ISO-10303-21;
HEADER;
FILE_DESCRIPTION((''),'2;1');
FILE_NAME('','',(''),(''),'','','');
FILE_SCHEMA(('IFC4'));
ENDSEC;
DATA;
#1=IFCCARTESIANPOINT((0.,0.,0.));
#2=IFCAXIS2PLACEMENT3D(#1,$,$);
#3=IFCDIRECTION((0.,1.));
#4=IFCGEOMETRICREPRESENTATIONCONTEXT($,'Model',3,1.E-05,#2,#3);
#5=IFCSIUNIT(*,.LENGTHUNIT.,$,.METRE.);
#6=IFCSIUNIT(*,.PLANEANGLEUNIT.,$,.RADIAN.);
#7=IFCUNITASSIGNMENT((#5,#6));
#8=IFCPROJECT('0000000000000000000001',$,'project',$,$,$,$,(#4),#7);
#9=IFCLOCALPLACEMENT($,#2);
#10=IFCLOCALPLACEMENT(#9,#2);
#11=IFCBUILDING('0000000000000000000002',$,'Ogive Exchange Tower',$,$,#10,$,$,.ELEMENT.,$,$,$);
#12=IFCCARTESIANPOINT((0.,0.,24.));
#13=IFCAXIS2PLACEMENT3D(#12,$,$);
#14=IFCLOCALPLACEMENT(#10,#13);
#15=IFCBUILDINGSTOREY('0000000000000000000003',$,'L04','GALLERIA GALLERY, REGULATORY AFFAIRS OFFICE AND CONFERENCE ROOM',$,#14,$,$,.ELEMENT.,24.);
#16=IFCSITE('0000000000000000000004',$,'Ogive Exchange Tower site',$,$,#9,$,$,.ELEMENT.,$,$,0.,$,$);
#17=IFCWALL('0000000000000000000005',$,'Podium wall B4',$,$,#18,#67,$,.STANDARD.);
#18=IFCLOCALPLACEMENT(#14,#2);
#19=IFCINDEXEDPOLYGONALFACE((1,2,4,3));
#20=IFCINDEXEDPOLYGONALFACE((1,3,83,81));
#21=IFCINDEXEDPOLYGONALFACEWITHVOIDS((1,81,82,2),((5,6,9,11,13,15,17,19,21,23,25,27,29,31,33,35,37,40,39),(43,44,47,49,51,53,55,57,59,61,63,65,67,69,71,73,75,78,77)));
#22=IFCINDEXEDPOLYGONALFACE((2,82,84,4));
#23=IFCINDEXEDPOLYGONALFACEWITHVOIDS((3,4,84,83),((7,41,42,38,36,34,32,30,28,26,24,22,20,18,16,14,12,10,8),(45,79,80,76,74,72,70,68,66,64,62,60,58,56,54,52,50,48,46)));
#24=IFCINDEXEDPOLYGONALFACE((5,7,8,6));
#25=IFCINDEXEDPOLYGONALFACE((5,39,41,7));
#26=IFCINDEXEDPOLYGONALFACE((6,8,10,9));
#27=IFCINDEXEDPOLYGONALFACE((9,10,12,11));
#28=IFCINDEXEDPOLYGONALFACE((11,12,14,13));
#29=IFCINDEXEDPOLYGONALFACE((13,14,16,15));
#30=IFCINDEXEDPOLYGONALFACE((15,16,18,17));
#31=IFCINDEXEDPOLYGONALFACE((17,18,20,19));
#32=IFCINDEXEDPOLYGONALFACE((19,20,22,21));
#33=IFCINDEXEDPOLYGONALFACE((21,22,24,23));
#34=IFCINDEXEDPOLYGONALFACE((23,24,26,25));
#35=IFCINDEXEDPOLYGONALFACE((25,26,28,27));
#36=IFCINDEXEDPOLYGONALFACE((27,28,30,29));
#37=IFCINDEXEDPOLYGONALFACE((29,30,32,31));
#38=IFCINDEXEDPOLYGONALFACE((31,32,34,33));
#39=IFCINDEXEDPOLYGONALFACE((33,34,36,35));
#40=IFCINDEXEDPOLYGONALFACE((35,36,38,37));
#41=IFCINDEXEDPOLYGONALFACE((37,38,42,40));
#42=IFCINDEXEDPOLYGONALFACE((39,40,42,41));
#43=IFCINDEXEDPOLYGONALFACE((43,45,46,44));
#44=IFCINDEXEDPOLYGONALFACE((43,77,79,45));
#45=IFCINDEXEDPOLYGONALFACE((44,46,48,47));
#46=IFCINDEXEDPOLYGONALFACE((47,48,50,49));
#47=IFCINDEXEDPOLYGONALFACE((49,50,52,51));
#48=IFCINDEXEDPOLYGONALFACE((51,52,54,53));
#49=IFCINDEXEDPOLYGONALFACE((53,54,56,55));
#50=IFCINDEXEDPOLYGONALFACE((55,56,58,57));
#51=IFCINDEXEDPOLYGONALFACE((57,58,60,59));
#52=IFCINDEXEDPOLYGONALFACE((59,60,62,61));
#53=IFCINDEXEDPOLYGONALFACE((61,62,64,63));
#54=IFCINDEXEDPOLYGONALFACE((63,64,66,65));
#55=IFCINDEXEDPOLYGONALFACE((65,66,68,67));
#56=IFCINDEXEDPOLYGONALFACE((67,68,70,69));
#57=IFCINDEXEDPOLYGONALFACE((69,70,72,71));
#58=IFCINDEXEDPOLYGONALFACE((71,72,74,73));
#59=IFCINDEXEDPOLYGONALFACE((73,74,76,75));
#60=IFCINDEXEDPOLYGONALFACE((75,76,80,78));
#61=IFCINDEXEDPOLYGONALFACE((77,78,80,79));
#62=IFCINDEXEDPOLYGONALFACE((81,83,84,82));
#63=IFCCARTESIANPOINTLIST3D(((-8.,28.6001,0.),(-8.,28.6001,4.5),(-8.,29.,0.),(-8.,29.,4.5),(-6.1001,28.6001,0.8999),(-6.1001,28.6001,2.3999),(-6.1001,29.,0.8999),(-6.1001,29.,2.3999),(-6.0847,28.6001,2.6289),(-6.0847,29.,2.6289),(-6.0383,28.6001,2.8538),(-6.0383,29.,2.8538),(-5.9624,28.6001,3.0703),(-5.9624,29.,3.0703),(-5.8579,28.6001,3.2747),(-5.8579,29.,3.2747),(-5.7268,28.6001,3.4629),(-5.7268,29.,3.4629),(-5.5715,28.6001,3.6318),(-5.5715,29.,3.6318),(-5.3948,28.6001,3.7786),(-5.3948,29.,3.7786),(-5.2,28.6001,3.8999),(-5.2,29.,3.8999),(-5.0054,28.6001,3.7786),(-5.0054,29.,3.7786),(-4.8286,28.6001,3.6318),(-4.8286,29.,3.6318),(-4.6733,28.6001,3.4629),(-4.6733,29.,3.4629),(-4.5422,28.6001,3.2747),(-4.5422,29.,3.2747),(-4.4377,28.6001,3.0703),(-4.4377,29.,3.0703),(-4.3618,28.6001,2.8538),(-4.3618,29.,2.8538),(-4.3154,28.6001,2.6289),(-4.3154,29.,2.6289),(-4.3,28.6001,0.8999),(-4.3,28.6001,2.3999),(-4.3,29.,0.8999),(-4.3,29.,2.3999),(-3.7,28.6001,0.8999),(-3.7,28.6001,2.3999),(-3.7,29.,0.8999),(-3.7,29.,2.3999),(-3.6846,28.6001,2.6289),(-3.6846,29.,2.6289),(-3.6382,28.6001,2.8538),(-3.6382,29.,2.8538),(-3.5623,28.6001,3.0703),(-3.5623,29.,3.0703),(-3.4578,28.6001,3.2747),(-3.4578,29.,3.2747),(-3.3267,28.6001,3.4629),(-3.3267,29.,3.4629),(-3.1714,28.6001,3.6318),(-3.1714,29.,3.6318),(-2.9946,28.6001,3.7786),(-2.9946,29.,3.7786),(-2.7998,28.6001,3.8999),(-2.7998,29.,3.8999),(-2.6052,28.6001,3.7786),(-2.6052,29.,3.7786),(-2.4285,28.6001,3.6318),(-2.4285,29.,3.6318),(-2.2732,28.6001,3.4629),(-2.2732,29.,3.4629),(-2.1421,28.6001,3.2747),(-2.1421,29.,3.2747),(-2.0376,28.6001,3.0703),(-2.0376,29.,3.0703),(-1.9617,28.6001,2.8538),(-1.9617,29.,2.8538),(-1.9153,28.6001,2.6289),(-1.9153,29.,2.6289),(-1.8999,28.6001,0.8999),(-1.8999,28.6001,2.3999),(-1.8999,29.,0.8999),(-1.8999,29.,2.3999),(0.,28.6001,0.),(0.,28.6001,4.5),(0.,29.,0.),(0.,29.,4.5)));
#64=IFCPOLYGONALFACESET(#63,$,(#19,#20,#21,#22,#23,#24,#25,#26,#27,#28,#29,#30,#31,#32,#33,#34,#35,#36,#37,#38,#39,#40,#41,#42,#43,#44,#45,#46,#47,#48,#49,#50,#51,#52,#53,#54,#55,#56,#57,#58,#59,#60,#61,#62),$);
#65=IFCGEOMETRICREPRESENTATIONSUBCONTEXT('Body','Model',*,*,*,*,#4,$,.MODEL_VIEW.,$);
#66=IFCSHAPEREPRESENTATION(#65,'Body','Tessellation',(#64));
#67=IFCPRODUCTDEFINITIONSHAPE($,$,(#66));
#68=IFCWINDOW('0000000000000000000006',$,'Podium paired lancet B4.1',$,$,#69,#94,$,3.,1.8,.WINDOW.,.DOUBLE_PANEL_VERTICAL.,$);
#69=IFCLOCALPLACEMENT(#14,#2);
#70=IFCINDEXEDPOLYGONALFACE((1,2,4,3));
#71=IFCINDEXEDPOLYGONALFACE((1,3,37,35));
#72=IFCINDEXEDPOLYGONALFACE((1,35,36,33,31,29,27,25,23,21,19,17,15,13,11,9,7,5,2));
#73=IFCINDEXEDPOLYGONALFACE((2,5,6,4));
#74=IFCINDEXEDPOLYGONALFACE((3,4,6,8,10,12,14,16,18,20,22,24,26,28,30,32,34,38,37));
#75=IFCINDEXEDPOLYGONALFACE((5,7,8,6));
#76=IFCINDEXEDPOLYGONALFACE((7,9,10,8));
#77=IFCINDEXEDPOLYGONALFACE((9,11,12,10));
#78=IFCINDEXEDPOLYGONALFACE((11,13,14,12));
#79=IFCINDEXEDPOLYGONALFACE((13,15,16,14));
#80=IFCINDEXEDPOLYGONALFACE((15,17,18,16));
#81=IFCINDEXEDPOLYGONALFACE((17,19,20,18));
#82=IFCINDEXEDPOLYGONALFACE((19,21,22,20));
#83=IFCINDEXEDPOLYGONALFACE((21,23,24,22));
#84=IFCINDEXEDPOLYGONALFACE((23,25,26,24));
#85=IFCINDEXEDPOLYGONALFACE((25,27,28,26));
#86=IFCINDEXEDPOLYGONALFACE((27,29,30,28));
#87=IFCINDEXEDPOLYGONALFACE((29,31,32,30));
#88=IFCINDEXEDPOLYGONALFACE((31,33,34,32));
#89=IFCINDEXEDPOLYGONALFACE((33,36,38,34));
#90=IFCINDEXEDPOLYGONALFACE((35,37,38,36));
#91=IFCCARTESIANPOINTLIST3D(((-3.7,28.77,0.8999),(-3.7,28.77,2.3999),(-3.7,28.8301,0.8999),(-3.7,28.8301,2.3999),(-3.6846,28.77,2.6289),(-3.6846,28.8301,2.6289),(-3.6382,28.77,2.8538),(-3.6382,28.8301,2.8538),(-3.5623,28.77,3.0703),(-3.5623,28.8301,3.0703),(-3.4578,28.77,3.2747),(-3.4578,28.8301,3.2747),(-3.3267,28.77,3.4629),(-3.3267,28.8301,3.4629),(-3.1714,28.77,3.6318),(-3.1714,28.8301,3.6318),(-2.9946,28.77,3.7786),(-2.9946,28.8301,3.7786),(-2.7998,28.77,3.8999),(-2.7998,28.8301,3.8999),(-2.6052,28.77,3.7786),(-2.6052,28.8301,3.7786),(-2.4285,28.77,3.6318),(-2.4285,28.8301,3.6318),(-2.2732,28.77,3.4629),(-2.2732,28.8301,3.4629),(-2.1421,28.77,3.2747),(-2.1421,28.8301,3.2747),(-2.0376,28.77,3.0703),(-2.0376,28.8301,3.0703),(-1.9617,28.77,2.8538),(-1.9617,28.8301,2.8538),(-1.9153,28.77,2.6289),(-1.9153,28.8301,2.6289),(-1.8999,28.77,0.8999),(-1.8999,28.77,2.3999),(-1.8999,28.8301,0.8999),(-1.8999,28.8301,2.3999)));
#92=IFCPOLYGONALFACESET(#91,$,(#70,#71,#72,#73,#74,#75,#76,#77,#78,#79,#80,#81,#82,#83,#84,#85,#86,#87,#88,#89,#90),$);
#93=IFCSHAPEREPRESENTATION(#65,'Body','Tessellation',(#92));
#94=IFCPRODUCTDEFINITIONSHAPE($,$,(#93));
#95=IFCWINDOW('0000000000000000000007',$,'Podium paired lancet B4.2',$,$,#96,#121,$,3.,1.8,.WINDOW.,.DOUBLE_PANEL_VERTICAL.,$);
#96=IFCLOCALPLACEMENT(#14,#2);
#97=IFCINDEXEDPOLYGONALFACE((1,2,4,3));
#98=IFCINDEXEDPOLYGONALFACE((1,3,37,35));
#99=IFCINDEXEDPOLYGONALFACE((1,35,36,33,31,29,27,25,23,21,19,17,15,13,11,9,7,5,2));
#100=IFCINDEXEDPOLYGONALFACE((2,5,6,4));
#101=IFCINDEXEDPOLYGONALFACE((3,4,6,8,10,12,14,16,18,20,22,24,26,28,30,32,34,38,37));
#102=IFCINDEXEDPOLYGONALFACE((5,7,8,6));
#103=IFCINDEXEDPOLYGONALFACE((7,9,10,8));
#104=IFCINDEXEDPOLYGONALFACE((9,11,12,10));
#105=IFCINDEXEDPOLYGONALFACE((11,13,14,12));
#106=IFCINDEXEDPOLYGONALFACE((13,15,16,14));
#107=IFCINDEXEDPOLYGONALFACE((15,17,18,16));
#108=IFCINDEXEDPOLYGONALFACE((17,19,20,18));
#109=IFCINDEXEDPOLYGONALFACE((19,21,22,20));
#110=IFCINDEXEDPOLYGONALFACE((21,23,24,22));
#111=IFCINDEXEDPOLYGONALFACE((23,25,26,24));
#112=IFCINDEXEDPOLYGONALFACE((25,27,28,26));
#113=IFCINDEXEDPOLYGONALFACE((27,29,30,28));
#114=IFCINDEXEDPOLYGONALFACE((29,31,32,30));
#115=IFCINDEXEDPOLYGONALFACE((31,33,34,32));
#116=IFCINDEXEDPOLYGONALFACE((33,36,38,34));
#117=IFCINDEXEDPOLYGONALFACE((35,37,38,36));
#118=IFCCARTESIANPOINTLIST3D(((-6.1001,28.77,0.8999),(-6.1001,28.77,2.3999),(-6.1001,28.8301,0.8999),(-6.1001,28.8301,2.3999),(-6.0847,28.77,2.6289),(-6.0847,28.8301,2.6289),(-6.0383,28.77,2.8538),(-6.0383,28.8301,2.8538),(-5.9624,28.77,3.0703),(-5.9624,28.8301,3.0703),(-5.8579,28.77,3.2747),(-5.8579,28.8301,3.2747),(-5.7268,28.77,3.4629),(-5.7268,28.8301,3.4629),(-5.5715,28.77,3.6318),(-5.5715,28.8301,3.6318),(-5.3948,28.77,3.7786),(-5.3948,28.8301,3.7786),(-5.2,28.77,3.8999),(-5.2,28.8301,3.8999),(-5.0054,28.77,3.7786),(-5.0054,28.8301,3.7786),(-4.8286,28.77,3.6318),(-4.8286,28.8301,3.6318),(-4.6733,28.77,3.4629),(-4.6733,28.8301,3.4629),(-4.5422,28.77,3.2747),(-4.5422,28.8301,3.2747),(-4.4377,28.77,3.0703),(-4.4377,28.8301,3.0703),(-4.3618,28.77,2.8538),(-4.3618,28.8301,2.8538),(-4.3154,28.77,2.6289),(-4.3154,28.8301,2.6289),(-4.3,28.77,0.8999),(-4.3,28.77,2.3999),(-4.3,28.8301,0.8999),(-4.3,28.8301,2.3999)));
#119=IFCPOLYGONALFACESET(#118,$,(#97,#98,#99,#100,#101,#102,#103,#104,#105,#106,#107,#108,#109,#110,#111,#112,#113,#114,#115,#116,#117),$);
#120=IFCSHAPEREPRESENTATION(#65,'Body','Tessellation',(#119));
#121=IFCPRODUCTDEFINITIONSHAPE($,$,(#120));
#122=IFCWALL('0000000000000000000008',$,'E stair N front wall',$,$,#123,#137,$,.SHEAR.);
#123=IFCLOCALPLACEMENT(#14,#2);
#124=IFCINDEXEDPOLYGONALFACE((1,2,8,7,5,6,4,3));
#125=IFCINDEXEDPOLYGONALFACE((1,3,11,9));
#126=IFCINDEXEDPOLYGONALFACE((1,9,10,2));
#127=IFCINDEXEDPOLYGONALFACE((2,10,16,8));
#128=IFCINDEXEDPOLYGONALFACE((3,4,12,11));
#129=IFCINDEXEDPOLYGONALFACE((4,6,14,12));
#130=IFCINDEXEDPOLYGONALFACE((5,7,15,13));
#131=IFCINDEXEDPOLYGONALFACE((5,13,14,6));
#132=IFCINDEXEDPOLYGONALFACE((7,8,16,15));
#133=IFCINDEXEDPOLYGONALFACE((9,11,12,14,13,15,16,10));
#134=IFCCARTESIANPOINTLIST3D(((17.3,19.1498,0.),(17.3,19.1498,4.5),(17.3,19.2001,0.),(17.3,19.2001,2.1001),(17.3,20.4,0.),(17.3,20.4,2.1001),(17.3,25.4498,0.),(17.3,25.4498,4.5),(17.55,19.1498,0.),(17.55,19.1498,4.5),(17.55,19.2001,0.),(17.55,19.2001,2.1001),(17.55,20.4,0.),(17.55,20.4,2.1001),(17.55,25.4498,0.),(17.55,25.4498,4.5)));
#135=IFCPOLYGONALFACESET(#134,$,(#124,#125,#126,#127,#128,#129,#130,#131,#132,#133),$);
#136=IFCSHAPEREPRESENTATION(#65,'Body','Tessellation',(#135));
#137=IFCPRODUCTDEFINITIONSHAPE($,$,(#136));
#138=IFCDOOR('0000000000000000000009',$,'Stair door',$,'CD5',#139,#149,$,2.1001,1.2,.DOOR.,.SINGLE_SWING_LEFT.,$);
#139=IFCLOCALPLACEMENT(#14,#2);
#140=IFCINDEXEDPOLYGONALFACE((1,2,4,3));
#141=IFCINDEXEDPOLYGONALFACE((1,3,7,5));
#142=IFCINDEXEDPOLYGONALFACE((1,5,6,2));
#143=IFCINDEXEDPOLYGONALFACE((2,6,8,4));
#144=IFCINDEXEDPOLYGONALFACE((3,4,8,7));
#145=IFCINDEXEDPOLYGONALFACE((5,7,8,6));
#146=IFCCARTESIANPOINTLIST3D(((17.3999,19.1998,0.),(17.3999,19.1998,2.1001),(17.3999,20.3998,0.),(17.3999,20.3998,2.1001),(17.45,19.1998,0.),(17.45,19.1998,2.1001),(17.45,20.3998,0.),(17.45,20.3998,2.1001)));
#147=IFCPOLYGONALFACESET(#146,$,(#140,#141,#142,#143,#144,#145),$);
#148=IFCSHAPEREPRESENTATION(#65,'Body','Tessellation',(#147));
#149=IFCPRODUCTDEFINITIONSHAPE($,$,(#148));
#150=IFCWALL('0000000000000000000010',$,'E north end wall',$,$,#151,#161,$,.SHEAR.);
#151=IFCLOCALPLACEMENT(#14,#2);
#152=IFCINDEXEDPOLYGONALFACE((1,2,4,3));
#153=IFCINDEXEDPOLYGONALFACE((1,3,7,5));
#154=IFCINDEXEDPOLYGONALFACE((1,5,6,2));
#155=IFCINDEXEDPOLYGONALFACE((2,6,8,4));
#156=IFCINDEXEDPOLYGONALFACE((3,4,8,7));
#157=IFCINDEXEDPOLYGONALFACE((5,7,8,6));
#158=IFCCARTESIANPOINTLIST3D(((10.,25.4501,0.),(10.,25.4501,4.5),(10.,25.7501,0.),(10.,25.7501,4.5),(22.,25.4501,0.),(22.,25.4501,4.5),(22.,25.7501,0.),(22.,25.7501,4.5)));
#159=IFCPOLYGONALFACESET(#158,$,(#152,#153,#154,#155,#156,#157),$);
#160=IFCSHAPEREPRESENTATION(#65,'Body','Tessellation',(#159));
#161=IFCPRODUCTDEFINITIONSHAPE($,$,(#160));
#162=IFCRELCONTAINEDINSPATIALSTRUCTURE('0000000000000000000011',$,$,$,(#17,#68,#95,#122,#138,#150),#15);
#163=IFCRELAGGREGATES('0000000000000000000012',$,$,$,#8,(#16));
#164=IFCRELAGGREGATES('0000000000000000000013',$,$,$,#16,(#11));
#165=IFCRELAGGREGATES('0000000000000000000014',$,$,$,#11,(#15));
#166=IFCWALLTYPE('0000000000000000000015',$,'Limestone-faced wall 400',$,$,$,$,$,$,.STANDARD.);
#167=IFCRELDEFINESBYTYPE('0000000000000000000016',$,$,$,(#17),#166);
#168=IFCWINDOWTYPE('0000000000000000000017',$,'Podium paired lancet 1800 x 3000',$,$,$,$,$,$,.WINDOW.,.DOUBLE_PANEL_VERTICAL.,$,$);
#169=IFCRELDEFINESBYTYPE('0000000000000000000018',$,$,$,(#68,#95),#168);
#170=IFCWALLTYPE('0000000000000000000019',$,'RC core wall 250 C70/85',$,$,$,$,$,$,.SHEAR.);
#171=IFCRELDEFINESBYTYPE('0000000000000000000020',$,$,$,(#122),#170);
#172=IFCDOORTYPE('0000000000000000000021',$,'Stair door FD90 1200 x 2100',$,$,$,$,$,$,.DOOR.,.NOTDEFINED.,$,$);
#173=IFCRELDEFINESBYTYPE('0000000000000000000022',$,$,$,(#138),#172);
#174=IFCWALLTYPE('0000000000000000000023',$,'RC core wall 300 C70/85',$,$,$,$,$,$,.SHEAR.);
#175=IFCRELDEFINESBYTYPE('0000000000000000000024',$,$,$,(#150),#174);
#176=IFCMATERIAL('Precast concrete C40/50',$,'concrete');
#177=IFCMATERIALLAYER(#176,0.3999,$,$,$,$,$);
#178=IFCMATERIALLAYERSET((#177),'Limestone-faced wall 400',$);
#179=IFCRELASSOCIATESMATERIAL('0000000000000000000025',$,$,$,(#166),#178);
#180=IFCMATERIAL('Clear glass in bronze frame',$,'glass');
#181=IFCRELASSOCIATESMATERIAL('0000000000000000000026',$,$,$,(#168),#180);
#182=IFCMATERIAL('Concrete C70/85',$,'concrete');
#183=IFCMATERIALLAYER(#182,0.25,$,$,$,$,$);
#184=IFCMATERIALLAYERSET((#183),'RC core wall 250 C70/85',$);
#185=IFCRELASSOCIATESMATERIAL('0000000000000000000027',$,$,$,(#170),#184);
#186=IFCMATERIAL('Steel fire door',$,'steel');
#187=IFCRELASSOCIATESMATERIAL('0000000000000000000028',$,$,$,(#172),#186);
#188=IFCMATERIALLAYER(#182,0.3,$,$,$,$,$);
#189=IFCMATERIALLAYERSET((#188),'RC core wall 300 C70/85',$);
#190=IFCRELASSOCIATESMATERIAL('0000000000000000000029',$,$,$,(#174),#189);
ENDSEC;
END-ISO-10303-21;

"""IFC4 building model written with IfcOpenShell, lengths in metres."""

from ifc_helpers import new_model, si_unit, direction, frame, frame_2d, origin, place, context, subcontext, project, spatial, polyline, rectangle, outline, extrude, material, layer, layer_set, type_object, element, fill, save


model = new_model("IFC4")

# Units and contexts
model_context = context("Model", 3, precision=1e-05, world=origin(), true_north=direction((0.0, 1.0)))
body_context = subcontext(model_context, "Body", "Model", "MODEL_VIEW")
ifc_project = project(units=[si_unit("LENGTHUNIT", "METRE"), si_unit("PLANEANGLEUNIT", "RADIAN")], contexts=[model_context])

# Site, building, storey
site_placement = place(None, origin())
site = spatial("IfcSite", under=ifc_project, at=site_placement, Name="Ogive Exchange Tower site", CompositionType="ELEMENT", RefElevation=0.0)
building_placement = place(site_placement, origin())
building = spatial("IfcBuilding", under=site, at=building_placement, Name="Ogive Exchange Tower", CompositionType="ELEMENT")
storey_placement = place(building_placement, frame((0.0, 0.0, 24.0)))
storey = spatial("IfcBuildingStorey", under=building, at=storey_placement, Name="L04", Description="GALLERIA GALLERY, REGULATORY AFFAIRS OFFICE AND CONFERENCE ROOM", CompositionType="ELEMENT", Elevation=24.0)

# Shared definitions
ifc_material_1 = material(Name="Concrete C70/85", Category="concrete")

# Wall, openings, windows
ifc_material_2 = material(Name="Precast concrete C40/50", Category="concrete")
ifc_layer_1 = layer(ifc_material_2, 0.3999)
ifc_layer_set_1 = layer_set([ifc_layer_1], Name="Limestone-faced wall 400")
wall_type_1 = type_object("IfcWallType", Name="Limestone-faced wall 400", PredefinedType="STANDARD", material=ifc_layer_set_1)
ifc_material_3 = material(Name="Clear glass in bronze frame", Category="glass")
window_type = type_object("IfcWindowType", Name="Podium paired lancet 1800 x 3000", PartitioningType="DOUBLE_PANEL_VERTICAL", PredefinedType="WINDOW", material=ifc_material_3)
wall_1_placement = place(storey_placement, frame((0.0, 28.8, 0.0), z_axis=(0.0, 0.0, 1.0), x_axis=(-1.0, 0.0, 0.0)))
wall_1 = element("IfcWall", 1, at=wall_1_placement, inside=storey, type_object=wall_type_1, Name="Podium wall B4", PredefinedType="STANDARD", context=body_context, shape_type="SweptSolid", body=[
    extrude(rectangle(XDim=8.0, YDim=0.3999, at=frame_2d((4.0, 0.0))), origin(), (0.0, 0.0, 1.0), 4.5),
])
opening_1_placement = place(wall_1_placement, frame((1.8999, 0.0, 0.8999)))
opening_1 = element("IfcOpeningElement", 2, at=opening_1_placement, cuts=wall_1, PredefinedType="OPENING", context=body_context, shape_type="SweptSolid", body=[
    extrude(outline(polyline([(0.0, 0.0), (1.8, 0.0), (1.8, 1.5), (1.7847, 1.729), (1.7383, 1.9539), (1.6624, 2.1704), (1.5579, 2.3748), (1.4268, 2.563), (1.2715, 2.7319), (1.0947, 2.8787), (0.8999, 3.0), (0.7053, 2.8787), (0.5286, 2.7319), (0.3733, 2.563), (0.2422, 2.3748), (0.1377, 2.1704), (0.0618, 1.9539), (0.0154, 1.729), (0.0, 1.5), (0.0, 0.0)])), frame((0.0, 0.21, 0.0), z_axis=(0.0, -1.0, 0.0), x_axis=(1.0, 0.0, 0.0)), (0.0, 0.0, 1.0), 0.4199),
])
opening_2_placement = place(wall_1_placement, frame((4.3, 0.0, 0.8999)))
opening_2 = element("IfcOpeningElement", 3, at=opening_2_placement, cuts=wall_1, PredefinedType="OPENING", context=body_context, shape_type="SweptSolid", body=[
    extrude(outline(polyline([(0.0, 0.0), (1.8, 0.0), (1.8, 1.5), (1.7847, 1.729), (1.7383, 1.9539), (1.6624, 2.1704), (1.5579, 2.3748), (1.4268, 2.563), (1.2715, 2.7319), (1.0947, 2.8787), (0.8999, 3.0), (0.7053, 2.8787), (0.5286, 2.7319), (0.3733, 2.563), (0.2422, 2.3748), (0.1377, 2.1704), (0.0618, 1.9539), (0.0154, 1.729), (0.0, 1.5), (0.0, 0.0)])), frame((0.0, 0.21, 0.0), z_axis=(0.0, -1.0, 0.0), x_axis=(1.0, 0.0, 0.0)), (0.0, 0.0, 1.0), 0.4199),
])
window_1_placement = place(opening_1_placement, origin())
window_1 = element("IfcWindow", 4, at=window_1_placement, inside=storey, type_object=window_type, Name="Podium paired lancet B4.1", OverallHeight=3.0, OverallWidth=1.8, PartitioningType="DOUBLE_PANEL_VERTICAL", PredefinedType="WINDOW", context=body_context, shape_type="SweptSolid", body=[
    extrude(outline(polyline([(0.0, 0.0), (1.8, 0.0), (1.8, 1.5), (1.7847, 1.729), (1.7383, 1.9539), (1.6624, 2.1704), (1.5579, 2.3748), (1.4268, 2.563), (1.2715, 2.7319), (1.0947, 2.8787), (0.8999, 3.0), (0.7053, 2.8787), (0.5286, 2.7319), (0.3733, 2.563), (0.2422, 2.3748), (0.1377, 2.1704), (0.0618, 1.9539), (0.0154, 1.729), (0.0, 1.5), (0.0, 0.0)])), frame((0.0, 0.03, 0.0), z_axis=(0.0, -1.0, 0.0), x_axis=(1.0, 0.0, 0.0)), (0.0, 0.0, 1.0), 0.0601),
])
fill(opening_1, window_1)
window_2_placement = place(opening_2_placement, origin())
window_2 = element("IfcWindow", 5, at=window_2_placement, inside=storey, type_object=window_type, Name="Podium paired lancet B4.2", OverallHeight=3.0, OverallWidth=1.8, PartitioningType="DOUBLE_PANEL_VERTICAL", PredefinedType="WINDOW", context=body_context, shape_type="SweptSolid", body=[
    extrude(outline(polyline([(0.0, 0.0), (1.8, 0.0), (1.8, 1.5), (1.7847, 1.729), (1.7383, 1.9539), (1.6624, 2.1704), (1.5579, 2.3748), (1.4268, 2.563), (1.2715, 2.7319), (1.0947, 2.8787), (0.8999, 3.0), (0.7053, 2.8787), (0.5286, 2.7319), (0.3733, 2.563), (0.2422, 2.3748), (0.1377, 2.1704), (0.0618, 1.9539), (0.0154, 1.729), (0.0, 1.5), (0.0, 0.0)])), frame((0.0, 0.03, 0.0), z_axis=(0.0, -1.0, 0.0), x_axis=(1.0, 0.0, 0.0)), (0.0, 0.0, 1.0), 0.0601),
])
fill(opening_2, window_2)

# Wall, opening, door
ifc_layer_2 = layer(ifc_material_1, 0.25)
ifc_layer_set_2 = layer_set([ifc_layer_2], Name="RC core wall 250 C70/85")
wall_type_2 = type_object("IfcWallType", Name="RC core wall 250 C70/85", PredefinedType="SHEAR", material=ifc_layer_set_2)
wall_2_placement = place(storey_placement, frame((17.425, 19.1499, 0.0), z_axis=(0.0, 0.0, 1.0), x_axis=(0.0, 1.0, 0.0)))
wall_2 = element("IfcWall", 6, at=wall_2_placement, inside=storey, type_object=wall_type_2, Name="E stair N front wall", PredefinedType="SHEAR", context=body_context, shape_type="SweptSolid", body=[
    extrude(rectangle(XDim=6.3, YDim=0.25, at=frame_2d((3.1499, 0.0))), origin(), (0.0, 0.0, 1.0), 4.5),
])
opening_3_placement = place(wall_2_placement, frame((0.05, 0.0, 0.0)))
opening_3 = element("IfcOpeningElement", 7, at=opening_3_placement, cuts=wall_2, PredefinedType="OPENING", context=body_context, shape_type="SweptSolid", body=[
    extrude(rectangle(XDim=1.2, YDim=2.1001, at=frame_2d((0.6001, 1.05))), frame((0.0, 0.135, 0.0), z_axis=(0.0, -1.0, 0.0), x_axis=(1.0, 0.0, 0.0)), (0.0, 0.0, 1.0), 0.27),
])
ifc_material_4 = material(Name="Steel fire door", Category="steel")
door_type_1 = type_object("IfcDoorType", Name="Stair door FD90 1200 x 2100", OperationType="NOTDEFINED", PredefinedType="DOOR", material=ifc_material_4)
door_1_placement = place(opening_3_placement, frame((1.2, 0.0, 0.0), z_axis=(0.0, 0.0, 1.0), x_axis=(-1.0, 0.0, 0.0)))
door_1 = element("IfcDoor", 8, at=door_1_placement, inside=storey, type_object=door_type_1, Name="Stair door", ObjectType="CD5", OperationType="SINGLE_SWING_LEFT", OverallHeight=2.1001, OverallWidth=1.2, PredefinedType="DOOR", context=body_context, shape_type="SweptSolid", body=[
    extrude(rectangle(XDim=1.2, YDim=2.1001, at=frame_2d((0.6001, 1.05))), frame((0.0, 0.0249, 0.0), z_axis=(0.0, -1.0, 0.0), x_axis=(1.0, 0.0, 0.0)), (0.0, 0.0, 1.0), 0.05),
])
fill(opening_3, door_1)

# Wall
ifc_layer_3 = layer(ifc_material_1, 0.3)
ifc_layer_set_3 = layer_set([ifc_layer_3], Name="RC core wall 300 C70/85")
wall_type_3 = type_object("IfcWallType", Name="RC core wall 300 C70/85", PredefinedType="SHEAR", material=ifc_layer_set_3)
wall_3_placement = place(storey_placement, frame((10.0, 25.6001, 0.0), z_axis=(0.0, 0.0, 1.0), x_axis=(1.0, 0.0, 0.0)))
element("IfcWall", 9, at=wall_3_placement, inside=storey, type_object=wall_type_3, Name="E north end wall", PredefinedType="SHEAR", context=body_context, shape_type="SweptSolid", body=[
    extrude(rectangle(XDim=12.0, YDim=0.3, at=frame_2d((6.0, 0.0))), origin(), (0.0, 0.0, 1.0), 4.5),
])

save(model, "model.ifc")
